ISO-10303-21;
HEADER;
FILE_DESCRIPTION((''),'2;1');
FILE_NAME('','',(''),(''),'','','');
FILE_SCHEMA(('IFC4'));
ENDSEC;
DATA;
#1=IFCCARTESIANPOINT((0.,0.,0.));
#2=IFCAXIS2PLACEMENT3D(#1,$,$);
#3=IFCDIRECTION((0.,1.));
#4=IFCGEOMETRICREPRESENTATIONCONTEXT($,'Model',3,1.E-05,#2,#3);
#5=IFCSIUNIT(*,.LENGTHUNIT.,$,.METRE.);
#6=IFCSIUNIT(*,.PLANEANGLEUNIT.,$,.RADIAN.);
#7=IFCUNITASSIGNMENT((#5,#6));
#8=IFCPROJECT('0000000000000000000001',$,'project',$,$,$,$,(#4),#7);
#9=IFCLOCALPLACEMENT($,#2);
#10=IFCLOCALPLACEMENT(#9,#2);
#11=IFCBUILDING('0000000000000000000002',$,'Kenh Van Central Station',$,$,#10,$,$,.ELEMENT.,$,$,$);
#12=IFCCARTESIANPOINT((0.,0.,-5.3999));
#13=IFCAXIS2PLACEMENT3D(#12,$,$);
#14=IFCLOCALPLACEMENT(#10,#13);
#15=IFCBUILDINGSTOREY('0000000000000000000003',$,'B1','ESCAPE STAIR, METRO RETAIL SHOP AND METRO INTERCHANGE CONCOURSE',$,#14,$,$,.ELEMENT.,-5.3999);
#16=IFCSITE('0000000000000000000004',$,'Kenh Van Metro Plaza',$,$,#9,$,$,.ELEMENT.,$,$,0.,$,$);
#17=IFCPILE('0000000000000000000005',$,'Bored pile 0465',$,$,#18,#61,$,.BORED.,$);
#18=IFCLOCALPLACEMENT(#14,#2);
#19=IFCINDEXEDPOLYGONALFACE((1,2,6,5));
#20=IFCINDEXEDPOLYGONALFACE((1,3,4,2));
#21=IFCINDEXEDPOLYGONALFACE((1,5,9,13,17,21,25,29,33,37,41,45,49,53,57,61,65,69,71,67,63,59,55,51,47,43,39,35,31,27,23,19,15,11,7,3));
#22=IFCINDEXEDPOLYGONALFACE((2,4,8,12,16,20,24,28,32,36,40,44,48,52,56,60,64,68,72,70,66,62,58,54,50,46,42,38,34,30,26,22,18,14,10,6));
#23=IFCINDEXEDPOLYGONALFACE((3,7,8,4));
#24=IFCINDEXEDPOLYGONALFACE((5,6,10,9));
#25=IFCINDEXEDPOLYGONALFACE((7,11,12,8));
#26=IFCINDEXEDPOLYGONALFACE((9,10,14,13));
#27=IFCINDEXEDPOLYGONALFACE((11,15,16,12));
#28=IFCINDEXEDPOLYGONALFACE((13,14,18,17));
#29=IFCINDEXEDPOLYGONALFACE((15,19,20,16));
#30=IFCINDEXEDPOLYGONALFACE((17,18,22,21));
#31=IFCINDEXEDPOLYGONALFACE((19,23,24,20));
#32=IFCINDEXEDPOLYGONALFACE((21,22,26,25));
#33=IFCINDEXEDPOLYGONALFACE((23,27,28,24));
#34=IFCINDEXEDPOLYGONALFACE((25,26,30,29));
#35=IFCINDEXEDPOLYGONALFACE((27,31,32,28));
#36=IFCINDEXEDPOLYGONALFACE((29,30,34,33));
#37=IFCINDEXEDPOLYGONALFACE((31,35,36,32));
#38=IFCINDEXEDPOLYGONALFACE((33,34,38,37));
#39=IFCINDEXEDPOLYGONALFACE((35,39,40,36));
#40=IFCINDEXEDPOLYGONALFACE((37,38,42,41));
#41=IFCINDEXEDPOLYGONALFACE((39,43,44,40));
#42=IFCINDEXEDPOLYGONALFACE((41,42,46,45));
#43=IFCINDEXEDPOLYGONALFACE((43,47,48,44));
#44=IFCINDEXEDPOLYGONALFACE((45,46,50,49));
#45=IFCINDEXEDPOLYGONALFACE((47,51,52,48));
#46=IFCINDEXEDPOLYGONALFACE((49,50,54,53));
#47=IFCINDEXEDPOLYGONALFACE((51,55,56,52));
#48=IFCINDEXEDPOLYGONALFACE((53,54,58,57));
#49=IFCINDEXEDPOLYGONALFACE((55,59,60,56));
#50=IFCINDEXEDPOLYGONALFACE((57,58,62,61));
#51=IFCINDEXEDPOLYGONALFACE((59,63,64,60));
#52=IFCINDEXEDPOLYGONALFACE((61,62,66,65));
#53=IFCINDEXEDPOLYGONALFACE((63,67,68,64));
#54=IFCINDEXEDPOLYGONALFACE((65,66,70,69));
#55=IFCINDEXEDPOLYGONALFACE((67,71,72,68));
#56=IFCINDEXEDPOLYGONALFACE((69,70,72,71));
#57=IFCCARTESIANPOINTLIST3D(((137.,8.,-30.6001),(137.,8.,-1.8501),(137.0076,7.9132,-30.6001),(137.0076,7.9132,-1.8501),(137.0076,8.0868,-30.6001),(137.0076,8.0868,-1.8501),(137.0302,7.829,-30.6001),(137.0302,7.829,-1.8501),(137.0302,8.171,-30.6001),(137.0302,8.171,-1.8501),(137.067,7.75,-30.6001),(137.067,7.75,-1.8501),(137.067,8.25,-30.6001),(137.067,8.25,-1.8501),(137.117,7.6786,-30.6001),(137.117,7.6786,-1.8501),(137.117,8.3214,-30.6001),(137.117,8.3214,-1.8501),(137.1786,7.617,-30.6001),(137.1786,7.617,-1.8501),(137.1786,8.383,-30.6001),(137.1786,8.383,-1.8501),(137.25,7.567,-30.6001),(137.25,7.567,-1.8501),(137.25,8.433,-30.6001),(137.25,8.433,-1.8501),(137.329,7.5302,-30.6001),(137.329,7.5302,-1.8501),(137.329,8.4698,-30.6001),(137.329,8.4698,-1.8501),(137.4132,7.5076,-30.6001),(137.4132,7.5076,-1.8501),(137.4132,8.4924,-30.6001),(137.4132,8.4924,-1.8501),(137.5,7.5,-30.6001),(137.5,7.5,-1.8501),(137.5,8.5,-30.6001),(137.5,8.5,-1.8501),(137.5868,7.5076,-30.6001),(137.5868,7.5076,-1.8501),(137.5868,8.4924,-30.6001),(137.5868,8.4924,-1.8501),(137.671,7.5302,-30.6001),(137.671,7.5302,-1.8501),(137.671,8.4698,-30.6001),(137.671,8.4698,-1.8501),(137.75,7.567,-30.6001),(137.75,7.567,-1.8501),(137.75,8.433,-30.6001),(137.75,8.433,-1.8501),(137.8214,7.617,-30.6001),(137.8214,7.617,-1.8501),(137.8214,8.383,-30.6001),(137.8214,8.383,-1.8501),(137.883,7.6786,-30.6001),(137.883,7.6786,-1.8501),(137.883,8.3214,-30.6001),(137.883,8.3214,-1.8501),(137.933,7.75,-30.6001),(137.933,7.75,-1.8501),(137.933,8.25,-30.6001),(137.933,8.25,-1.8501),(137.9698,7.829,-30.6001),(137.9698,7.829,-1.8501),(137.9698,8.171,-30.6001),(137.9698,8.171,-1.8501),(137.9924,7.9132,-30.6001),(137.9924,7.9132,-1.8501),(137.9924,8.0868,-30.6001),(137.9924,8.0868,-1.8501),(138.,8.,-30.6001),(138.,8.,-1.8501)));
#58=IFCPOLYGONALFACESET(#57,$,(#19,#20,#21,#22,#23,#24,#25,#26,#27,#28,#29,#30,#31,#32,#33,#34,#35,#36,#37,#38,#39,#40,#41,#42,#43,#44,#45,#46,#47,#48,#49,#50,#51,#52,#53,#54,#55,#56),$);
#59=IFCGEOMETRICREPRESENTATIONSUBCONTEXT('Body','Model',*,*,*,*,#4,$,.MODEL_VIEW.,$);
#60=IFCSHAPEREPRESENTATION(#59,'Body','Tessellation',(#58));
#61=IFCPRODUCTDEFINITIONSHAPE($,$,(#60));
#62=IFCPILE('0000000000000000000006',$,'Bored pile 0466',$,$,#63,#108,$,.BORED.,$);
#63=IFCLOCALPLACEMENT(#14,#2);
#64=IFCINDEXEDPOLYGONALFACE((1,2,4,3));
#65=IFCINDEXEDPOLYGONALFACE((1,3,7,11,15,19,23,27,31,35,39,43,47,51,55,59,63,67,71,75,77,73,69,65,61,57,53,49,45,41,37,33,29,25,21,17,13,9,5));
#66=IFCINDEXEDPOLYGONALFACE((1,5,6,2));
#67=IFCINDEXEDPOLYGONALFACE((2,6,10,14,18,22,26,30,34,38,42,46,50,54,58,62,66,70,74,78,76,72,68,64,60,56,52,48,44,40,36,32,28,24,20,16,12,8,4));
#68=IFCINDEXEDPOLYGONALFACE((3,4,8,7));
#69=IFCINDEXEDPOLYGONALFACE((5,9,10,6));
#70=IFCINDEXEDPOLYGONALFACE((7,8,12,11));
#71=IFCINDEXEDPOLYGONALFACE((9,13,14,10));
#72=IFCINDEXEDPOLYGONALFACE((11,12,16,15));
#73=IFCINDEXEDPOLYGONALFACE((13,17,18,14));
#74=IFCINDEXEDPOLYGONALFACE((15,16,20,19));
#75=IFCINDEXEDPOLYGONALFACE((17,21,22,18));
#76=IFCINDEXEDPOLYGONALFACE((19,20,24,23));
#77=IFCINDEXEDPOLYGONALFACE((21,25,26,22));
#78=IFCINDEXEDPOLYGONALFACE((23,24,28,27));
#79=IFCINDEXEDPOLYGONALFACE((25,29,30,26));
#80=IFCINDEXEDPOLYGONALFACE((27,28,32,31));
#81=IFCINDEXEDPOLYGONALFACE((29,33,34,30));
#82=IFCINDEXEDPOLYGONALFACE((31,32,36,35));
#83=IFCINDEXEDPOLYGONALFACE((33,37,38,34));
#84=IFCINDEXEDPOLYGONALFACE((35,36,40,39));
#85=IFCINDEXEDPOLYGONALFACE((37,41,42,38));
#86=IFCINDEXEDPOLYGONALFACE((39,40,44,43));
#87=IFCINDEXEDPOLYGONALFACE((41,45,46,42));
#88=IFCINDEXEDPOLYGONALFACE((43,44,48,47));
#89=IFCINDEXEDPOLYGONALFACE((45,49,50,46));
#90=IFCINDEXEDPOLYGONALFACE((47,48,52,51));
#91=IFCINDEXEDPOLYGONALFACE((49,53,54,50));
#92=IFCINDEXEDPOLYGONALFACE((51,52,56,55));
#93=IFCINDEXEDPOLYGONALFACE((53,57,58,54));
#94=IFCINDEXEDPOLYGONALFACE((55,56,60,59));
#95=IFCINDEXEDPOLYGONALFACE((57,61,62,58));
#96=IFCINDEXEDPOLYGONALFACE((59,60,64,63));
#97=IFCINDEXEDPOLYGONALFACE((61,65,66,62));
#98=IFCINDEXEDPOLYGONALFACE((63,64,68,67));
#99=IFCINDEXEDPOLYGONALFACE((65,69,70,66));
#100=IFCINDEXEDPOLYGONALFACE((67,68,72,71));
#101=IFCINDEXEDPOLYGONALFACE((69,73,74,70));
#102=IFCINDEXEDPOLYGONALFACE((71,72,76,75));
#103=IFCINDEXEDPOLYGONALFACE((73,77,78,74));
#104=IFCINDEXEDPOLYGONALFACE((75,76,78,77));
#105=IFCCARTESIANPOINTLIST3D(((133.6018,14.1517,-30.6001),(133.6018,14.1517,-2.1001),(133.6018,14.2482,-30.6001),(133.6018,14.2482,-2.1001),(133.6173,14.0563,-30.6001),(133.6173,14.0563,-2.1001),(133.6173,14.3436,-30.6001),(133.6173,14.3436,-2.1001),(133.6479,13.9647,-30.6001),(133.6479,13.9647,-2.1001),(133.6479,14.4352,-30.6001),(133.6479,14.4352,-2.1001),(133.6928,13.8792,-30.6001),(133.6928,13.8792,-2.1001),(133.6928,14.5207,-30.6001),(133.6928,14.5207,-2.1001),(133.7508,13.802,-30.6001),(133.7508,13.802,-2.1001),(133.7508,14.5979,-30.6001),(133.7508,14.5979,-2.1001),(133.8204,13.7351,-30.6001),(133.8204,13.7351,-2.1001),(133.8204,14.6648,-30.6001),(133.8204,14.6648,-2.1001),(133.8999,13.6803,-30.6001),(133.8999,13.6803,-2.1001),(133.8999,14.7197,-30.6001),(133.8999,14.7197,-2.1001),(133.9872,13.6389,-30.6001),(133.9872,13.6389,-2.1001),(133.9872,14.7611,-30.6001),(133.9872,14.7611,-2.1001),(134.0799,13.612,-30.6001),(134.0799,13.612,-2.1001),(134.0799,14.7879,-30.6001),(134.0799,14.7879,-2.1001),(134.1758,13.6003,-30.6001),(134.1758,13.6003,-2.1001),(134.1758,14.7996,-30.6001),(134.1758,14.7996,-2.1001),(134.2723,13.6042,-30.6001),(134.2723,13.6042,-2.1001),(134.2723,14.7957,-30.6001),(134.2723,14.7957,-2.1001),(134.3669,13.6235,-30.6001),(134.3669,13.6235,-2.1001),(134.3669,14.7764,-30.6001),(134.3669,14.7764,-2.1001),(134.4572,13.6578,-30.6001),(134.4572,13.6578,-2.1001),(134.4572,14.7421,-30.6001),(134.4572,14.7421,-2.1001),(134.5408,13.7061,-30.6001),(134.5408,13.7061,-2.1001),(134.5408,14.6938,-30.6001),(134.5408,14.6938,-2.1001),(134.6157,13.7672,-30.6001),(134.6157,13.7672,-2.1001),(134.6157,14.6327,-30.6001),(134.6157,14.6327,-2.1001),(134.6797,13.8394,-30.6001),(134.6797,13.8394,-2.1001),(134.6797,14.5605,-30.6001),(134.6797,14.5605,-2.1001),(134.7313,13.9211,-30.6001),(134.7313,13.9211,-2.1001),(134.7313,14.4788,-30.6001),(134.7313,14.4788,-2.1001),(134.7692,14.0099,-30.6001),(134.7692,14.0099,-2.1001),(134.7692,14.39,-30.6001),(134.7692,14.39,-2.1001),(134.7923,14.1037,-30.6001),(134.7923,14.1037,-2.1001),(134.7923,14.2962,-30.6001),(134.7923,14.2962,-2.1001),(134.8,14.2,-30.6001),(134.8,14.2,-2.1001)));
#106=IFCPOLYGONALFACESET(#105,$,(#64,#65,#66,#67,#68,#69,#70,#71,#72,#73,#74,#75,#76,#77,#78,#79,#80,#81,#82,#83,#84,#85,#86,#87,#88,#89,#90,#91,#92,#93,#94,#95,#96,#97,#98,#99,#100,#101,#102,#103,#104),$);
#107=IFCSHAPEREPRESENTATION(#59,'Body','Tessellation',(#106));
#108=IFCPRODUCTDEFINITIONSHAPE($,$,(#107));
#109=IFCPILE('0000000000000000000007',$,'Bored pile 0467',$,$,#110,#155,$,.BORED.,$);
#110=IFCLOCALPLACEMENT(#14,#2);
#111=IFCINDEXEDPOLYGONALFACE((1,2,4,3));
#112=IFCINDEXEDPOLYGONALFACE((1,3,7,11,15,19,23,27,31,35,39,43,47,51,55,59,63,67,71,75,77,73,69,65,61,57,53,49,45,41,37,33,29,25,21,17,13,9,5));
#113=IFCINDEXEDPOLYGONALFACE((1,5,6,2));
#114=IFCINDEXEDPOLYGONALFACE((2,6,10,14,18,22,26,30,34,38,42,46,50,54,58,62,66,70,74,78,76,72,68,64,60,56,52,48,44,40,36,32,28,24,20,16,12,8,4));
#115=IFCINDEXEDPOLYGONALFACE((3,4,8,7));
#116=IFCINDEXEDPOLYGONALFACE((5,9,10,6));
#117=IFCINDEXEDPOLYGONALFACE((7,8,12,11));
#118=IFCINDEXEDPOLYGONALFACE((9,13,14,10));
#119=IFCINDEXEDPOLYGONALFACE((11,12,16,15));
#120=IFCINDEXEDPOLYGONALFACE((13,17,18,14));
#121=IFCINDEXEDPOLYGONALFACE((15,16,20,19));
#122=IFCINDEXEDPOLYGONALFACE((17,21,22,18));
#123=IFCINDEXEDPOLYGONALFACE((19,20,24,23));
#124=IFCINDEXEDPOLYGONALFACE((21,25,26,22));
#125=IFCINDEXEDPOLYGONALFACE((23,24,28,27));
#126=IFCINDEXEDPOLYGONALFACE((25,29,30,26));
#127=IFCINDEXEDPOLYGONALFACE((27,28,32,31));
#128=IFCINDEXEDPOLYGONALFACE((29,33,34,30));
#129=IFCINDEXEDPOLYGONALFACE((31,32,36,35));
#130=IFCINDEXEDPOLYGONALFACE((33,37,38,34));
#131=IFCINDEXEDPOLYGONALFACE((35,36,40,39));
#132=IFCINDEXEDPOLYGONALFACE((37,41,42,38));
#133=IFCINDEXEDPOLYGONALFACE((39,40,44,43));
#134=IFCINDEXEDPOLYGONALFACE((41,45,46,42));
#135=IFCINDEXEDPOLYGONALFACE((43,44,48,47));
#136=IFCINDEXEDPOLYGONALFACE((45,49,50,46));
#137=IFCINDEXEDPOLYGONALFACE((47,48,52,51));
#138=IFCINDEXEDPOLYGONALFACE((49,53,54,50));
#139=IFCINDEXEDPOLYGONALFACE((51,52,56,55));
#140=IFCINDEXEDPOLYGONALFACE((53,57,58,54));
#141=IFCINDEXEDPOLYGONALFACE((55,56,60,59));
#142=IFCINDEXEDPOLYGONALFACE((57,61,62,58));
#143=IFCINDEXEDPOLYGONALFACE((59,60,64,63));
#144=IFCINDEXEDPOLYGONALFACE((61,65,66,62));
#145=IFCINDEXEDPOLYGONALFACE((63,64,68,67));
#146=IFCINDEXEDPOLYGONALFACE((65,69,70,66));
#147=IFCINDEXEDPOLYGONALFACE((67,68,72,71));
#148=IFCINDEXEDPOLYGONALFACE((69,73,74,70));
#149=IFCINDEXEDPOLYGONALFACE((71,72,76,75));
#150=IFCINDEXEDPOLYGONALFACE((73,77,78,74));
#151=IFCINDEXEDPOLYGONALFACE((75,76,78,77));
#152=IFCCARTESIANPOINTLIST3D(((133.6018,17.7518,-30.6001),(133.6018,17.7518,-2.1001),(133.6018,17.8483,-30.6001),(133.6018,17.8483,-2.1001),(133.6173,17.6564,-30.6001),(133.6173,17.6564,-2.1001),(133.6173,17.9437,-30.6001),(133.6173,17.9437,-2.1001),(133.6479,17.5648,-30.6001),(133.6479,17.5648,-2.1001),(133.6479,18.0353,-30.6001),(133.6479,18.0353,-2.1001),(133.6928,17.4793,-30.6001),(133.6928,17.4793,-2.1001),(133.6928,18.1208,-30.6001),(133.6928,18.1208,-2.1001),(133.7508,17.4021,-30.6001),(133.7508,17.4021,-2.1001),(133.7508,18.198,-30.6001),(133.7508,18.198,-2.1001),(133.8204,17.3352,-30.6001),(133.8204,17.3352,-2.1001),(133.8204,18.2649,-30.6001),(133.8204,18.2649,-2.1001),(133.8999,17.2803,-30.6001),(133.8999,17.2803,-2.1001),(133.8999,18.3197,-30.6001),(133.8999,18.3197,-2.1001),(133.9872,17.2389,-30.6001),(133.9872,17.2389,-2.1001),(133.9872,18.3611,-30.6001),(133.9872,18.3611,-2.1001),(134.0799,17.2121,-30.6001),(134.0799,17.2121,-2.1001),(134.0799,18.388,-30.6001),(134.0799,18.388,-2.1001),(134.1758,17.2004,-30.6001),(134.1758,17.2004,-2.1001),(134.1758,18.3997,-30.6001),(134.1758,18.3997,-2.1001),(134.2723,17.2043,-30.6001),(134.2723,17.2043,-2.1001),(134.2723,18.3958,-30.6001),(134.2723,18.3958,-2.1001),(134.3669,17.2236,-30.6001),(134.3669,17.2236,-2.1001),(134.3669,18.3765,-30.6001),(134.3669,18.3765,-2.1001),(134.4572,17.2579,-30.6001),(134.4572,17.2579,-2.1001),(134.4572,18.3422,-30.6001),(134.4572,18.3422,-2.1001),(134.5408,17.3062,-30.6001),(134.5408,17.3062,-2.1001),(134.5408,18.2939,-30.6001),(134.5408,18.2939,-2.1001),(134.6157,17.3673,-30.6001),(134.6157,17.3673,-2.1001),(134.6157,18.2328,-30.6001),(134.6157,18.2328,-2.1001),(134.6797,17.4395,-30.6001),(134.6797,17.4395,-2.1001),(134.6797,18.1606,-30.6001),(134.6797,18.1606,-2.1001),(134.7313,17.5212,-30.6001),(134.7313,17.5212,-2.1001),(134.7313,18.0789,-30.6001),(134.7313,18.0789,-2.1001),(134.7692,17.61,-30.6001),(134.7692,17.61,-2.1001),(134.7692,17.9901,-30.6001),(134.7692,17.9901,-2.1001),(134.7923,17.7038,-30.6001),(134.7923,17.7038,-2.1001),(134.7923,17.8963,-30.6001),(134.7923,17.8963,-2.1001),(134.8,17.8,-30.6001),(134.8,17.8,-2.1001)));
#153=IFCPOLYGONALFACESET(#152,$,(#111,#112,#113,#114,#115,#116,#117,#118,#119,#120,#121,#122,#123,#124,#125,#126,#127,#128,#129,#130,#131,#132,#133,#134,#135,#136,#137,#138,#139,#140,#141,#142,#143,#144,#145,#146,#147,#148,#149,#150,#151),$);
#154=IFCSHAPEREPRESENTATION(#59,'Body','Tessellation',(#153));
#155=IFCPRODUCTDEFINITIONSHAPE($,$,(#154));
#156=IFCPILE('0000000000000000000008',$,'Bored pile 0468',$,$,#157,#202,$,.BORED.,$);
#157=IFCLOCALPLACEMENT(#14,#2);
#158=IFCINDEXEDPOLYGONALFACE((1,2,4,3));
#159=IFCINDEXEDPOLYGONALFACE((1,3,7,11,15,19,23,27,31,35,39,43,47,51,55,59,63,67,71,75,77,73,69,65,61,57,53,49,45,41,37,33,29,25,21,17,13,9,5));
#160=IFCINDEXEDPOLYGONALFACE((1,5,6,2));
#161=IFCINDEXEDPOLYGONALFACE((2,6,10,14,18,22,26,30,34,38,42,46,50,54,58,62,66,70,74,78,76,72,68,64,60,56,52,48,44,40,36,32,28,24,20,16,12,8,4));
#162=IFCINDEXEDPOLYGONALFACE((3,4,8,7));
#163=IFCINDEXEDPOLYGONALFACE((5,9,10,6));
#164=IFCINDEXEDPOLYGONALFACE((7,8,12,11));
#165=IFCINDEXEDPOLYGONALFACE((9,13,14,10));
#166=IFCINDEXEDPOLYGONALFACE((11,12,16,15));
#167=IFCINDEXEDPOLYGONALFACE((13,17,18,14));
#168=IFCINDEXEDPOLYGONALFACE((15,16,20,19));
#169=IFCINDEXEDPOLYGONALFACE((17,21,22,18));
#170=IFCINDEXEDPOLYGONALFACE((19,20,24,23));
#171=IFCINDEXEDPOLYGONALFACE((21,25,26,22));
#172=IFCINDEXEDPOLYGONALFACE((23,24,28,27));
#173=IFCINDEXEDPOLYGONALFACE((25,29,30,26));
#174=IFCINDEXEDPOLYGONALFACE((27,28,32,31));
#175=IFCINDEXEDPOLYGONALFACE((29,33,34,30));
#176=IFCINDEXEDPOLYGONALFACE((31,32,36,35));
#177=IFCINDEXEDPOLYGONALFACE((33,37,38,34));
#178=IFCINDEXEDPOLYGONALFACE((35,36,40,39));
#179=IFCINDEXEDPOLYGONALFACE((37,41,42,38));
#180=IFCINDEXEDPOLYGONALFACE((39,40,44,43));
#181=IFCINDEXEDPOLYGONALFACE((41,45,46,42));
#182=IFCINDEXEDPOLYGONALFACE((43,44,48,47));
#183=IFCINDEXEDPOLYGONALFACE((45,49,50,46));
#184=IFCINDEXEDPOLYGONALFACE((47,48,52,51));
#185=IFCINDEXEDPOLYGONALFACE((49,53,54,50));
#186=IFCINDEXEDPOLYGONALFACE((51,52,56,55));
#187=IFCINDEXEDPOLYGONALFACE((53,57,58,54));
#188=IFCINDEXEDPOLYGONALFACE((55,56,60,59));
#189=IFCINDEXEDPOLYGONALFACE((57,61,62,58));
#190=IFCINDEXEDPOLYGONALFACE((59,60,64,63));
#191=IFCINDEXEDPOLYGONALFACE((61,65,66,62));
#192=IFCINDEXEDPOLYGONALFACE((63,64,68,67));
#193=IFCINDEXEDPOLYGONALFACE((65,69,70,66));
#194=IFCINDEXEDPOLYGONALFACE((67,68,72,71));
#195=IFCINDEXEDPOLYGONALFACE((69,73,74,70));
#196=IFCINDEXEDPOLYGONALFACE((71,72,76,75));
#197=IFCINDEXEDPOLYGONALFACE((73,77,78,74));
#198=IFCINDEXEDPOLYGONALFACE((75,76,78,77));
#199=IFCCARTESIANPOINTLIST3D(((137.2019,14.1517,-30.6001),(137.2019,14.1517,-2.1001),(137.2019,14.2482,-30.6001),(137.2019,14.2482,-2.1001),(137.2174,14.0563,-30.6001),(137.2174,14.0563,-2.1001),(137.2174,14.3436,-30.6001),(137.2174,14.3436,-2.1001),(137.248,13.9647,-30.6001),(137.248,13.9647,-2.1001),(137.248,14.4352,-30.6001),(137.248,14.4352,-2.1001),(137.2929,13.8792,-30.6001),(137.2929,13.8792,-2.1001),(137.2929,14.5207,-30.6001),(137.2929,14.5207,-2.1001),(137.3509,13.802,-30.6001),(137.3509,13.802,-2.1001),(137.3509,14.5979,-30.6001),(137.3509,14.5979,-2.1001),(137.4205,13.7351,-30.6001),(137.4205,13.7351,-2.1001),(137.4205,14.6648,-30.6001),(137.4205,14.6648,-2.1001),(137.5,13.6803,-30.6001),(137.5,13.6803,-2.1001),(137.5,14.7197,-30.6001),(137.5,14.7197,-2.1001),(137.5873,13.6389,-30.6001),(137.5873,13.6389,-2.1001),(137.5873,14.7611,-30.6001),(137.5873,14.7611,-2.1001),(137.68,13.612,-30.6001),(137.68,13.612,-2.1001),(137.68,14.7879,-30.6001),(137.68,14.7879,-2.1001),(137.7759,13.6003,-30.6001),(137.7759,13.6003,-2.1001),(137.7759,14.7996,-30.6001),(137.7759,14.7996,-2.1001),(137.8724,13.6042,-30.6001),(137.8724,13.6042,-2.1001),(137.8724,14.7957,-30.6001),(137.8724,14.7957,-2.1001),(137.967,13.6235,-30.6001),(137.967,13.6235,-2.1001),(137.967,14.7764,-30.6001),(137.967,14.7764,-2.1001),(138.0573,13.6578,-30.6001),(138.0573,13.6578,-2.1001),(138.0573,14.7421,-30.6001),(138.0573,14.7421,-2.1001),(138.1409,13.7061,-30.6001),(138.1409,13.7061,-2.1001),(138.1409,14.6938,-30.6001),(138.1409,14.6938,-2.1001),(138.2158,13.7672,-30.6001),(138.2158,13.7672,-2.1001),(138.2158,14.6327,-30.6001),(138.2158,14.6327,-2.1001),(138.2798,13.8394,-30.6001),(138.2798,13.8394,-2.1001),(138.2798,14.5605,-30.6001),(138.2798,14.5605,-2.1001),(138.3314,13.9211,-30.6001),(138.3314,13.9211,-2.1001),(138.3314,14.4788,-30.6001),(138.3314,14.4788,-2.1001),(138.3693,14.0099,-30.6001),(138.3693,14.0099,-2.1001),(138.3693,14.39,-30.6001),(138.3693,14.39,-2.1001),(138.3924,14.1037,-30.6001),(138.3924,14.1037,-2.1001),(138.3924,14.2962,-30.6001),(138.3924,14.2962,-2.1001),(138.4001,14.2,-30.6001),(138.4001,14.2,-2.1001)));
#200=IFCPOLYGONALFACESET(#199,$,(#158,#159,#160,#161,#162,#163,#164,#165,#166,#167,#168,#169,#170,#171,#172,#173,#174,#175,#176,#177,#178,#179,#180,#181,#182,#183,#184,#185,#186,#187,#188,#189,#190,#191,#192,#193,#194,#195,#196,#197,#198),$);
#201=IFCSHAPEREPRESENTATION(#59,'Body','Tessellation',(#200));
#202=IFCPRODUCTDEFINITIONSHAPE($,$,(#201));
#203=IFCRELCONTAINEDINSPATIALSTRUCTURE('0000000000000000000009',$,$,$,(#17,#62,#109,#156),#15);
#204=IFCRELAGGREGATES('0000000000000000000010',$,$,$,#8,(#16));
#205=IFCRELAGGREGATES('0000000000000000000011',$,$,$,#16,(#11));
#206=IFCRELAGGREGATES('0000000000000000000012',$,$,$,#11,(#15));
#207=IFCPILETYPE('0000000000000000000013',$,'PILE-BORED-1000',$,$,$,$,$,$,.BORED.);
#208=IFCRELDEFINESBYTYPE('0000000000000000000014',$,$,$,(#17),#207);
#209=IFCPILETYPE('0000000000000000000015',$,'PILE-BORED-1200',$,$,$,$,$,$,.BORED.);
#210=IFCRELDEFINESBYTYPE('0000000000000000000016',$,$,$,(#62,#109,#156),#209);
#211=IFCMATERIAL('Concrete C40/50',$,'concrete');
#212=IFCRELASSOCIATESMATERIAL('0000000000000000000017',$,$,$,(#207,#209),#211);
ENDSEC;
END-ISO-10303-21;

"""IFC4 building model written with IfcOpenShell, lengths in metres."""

from ifc_helpers import new_model, si_unit, direction, frame, origin, origin_2d, place, context, subcontext, project, spatial, circle, extrude, material, material_profile, profile_set, type_object, element, save


model = new_model("IFC4")

# Units and contexts
model_context = context("Model", 3, precision=1e-05, world=origin(), true_north=direction((0.0, 1.0)))
body_context = subcontext(model_context, "Body", "Model", "MODEL_VIEW")
ifc_project = project(units=[si_unit("LENGTHUNIT", "METRE"), si_unit("PLANEANGLEUNIT", "RADIAN")], contexts=[model_context])

# Site, building, storey
site_placement = place(None, origin())
site = spatial("IfcSite", under=ifc_project, at=site_placement, Name="Kenh Van Metro Plaza", CompositionType="ELEMENT", RefElevation=0.0)
building_placement = place(site_placement, origin())
building = spatial("IfcBuilding", under=site, at=building_placement, Name="Kenh Van Central Station", CompositionType="ELEMENT")
storey_placement = place(building_placement, frame((0.0, 0.0, -5.3999)))
storey = spatial("IfcBuildingStorey", under=building, at=storey_placement, Name="B1", Description="ESCAPE STAIR, METRO RETAIL SHOP AND METRO INTERCHANGE CONCOURSE", CompositionType="ELEMENT", Elevation=-5.3999)

# Shared definitions
ifc_material_1 = material(Name="Concrete C40/50", Category="concrete")

# Piles
ifc_material_profile_1 = material_profile(ifc_material_1, circle(Radius=0.5, at=origin_2d()), Name="PILE D1000")
ifc_profile_set_1 = profile_set([ifc_material_profile_1], Name="Concrete C40/50")
pile_type_1 = type_object("IfcPileType", Name="PILE-BORED-1000", PredefinedType="BORED", material=ifc_profile_set_1)
for number, where, z_axis, x_axis, name in (
    (1, (137.5, 8.0, -1.8501), (0.0, 0.0, -1.0), (1.0, 0.0, 0.0), "Bored pile 0465"),
):
    element("IfcPile", number, at=place(storey_placement, frame(where, z_axis=z_axis, x_axis=x_axis)), inside=storey, type_object=pile_type_1, Name=name, PredefinedType="BORED", context=body_context, shape_type="SweptSolid", body=[
        extrude(circle(Radius=0.5, at=origin_2d()), origin(), (0.0, 0.0, 1.0), 28.75),
    ])
ifc_material_profile_2 = material_profile(ifc_material_1, circle(Radius=0.6001, at=origin_2d()), Name="PILE D1200")
ifc_profile_set_2 = profile_set([ifc_material_profile_2], Name="Concrete C40/50")
pile_type_2 = type_object("IfcPileType", Name="PILE-BORED-1200", PredefinedType="BORED", material=ifc_profile_set_2)
for number, where, z_axis, x_axis, name in (
    (2, (134.2, 14.2, -2.1001), (0.0, 0.0, -1.0), (1.0, 0.0, 0.0), "Bored pile 0466"),
    (3, (134.2, 17.8, -2.1001), (0.0, 0.0, -1.0), (1.0, 0.0, 0.0), "Bored pile 0467"),
    (4, (137.8, 14.2, -2.1001), (0.0, 0.0, -1.0), (1.0, 0.0, 0.0), "Bored pile 0468"),
):
    element("IfcPile", number, at=place(storey_placement, frame(where, z_axis=z_axis, x_axis=x_axis)), inside=storey, type_object=pile_type_2, Name=name, PredefinedType="BORED", context=body_context, shape_type="SweptSolid", body=[
        extrude(circle(Radius=0.6001, at=origin_2d()), origin(), (0.0, 0.0, 1.0), 28.5),
    ])

save(model, "model.ifc")
